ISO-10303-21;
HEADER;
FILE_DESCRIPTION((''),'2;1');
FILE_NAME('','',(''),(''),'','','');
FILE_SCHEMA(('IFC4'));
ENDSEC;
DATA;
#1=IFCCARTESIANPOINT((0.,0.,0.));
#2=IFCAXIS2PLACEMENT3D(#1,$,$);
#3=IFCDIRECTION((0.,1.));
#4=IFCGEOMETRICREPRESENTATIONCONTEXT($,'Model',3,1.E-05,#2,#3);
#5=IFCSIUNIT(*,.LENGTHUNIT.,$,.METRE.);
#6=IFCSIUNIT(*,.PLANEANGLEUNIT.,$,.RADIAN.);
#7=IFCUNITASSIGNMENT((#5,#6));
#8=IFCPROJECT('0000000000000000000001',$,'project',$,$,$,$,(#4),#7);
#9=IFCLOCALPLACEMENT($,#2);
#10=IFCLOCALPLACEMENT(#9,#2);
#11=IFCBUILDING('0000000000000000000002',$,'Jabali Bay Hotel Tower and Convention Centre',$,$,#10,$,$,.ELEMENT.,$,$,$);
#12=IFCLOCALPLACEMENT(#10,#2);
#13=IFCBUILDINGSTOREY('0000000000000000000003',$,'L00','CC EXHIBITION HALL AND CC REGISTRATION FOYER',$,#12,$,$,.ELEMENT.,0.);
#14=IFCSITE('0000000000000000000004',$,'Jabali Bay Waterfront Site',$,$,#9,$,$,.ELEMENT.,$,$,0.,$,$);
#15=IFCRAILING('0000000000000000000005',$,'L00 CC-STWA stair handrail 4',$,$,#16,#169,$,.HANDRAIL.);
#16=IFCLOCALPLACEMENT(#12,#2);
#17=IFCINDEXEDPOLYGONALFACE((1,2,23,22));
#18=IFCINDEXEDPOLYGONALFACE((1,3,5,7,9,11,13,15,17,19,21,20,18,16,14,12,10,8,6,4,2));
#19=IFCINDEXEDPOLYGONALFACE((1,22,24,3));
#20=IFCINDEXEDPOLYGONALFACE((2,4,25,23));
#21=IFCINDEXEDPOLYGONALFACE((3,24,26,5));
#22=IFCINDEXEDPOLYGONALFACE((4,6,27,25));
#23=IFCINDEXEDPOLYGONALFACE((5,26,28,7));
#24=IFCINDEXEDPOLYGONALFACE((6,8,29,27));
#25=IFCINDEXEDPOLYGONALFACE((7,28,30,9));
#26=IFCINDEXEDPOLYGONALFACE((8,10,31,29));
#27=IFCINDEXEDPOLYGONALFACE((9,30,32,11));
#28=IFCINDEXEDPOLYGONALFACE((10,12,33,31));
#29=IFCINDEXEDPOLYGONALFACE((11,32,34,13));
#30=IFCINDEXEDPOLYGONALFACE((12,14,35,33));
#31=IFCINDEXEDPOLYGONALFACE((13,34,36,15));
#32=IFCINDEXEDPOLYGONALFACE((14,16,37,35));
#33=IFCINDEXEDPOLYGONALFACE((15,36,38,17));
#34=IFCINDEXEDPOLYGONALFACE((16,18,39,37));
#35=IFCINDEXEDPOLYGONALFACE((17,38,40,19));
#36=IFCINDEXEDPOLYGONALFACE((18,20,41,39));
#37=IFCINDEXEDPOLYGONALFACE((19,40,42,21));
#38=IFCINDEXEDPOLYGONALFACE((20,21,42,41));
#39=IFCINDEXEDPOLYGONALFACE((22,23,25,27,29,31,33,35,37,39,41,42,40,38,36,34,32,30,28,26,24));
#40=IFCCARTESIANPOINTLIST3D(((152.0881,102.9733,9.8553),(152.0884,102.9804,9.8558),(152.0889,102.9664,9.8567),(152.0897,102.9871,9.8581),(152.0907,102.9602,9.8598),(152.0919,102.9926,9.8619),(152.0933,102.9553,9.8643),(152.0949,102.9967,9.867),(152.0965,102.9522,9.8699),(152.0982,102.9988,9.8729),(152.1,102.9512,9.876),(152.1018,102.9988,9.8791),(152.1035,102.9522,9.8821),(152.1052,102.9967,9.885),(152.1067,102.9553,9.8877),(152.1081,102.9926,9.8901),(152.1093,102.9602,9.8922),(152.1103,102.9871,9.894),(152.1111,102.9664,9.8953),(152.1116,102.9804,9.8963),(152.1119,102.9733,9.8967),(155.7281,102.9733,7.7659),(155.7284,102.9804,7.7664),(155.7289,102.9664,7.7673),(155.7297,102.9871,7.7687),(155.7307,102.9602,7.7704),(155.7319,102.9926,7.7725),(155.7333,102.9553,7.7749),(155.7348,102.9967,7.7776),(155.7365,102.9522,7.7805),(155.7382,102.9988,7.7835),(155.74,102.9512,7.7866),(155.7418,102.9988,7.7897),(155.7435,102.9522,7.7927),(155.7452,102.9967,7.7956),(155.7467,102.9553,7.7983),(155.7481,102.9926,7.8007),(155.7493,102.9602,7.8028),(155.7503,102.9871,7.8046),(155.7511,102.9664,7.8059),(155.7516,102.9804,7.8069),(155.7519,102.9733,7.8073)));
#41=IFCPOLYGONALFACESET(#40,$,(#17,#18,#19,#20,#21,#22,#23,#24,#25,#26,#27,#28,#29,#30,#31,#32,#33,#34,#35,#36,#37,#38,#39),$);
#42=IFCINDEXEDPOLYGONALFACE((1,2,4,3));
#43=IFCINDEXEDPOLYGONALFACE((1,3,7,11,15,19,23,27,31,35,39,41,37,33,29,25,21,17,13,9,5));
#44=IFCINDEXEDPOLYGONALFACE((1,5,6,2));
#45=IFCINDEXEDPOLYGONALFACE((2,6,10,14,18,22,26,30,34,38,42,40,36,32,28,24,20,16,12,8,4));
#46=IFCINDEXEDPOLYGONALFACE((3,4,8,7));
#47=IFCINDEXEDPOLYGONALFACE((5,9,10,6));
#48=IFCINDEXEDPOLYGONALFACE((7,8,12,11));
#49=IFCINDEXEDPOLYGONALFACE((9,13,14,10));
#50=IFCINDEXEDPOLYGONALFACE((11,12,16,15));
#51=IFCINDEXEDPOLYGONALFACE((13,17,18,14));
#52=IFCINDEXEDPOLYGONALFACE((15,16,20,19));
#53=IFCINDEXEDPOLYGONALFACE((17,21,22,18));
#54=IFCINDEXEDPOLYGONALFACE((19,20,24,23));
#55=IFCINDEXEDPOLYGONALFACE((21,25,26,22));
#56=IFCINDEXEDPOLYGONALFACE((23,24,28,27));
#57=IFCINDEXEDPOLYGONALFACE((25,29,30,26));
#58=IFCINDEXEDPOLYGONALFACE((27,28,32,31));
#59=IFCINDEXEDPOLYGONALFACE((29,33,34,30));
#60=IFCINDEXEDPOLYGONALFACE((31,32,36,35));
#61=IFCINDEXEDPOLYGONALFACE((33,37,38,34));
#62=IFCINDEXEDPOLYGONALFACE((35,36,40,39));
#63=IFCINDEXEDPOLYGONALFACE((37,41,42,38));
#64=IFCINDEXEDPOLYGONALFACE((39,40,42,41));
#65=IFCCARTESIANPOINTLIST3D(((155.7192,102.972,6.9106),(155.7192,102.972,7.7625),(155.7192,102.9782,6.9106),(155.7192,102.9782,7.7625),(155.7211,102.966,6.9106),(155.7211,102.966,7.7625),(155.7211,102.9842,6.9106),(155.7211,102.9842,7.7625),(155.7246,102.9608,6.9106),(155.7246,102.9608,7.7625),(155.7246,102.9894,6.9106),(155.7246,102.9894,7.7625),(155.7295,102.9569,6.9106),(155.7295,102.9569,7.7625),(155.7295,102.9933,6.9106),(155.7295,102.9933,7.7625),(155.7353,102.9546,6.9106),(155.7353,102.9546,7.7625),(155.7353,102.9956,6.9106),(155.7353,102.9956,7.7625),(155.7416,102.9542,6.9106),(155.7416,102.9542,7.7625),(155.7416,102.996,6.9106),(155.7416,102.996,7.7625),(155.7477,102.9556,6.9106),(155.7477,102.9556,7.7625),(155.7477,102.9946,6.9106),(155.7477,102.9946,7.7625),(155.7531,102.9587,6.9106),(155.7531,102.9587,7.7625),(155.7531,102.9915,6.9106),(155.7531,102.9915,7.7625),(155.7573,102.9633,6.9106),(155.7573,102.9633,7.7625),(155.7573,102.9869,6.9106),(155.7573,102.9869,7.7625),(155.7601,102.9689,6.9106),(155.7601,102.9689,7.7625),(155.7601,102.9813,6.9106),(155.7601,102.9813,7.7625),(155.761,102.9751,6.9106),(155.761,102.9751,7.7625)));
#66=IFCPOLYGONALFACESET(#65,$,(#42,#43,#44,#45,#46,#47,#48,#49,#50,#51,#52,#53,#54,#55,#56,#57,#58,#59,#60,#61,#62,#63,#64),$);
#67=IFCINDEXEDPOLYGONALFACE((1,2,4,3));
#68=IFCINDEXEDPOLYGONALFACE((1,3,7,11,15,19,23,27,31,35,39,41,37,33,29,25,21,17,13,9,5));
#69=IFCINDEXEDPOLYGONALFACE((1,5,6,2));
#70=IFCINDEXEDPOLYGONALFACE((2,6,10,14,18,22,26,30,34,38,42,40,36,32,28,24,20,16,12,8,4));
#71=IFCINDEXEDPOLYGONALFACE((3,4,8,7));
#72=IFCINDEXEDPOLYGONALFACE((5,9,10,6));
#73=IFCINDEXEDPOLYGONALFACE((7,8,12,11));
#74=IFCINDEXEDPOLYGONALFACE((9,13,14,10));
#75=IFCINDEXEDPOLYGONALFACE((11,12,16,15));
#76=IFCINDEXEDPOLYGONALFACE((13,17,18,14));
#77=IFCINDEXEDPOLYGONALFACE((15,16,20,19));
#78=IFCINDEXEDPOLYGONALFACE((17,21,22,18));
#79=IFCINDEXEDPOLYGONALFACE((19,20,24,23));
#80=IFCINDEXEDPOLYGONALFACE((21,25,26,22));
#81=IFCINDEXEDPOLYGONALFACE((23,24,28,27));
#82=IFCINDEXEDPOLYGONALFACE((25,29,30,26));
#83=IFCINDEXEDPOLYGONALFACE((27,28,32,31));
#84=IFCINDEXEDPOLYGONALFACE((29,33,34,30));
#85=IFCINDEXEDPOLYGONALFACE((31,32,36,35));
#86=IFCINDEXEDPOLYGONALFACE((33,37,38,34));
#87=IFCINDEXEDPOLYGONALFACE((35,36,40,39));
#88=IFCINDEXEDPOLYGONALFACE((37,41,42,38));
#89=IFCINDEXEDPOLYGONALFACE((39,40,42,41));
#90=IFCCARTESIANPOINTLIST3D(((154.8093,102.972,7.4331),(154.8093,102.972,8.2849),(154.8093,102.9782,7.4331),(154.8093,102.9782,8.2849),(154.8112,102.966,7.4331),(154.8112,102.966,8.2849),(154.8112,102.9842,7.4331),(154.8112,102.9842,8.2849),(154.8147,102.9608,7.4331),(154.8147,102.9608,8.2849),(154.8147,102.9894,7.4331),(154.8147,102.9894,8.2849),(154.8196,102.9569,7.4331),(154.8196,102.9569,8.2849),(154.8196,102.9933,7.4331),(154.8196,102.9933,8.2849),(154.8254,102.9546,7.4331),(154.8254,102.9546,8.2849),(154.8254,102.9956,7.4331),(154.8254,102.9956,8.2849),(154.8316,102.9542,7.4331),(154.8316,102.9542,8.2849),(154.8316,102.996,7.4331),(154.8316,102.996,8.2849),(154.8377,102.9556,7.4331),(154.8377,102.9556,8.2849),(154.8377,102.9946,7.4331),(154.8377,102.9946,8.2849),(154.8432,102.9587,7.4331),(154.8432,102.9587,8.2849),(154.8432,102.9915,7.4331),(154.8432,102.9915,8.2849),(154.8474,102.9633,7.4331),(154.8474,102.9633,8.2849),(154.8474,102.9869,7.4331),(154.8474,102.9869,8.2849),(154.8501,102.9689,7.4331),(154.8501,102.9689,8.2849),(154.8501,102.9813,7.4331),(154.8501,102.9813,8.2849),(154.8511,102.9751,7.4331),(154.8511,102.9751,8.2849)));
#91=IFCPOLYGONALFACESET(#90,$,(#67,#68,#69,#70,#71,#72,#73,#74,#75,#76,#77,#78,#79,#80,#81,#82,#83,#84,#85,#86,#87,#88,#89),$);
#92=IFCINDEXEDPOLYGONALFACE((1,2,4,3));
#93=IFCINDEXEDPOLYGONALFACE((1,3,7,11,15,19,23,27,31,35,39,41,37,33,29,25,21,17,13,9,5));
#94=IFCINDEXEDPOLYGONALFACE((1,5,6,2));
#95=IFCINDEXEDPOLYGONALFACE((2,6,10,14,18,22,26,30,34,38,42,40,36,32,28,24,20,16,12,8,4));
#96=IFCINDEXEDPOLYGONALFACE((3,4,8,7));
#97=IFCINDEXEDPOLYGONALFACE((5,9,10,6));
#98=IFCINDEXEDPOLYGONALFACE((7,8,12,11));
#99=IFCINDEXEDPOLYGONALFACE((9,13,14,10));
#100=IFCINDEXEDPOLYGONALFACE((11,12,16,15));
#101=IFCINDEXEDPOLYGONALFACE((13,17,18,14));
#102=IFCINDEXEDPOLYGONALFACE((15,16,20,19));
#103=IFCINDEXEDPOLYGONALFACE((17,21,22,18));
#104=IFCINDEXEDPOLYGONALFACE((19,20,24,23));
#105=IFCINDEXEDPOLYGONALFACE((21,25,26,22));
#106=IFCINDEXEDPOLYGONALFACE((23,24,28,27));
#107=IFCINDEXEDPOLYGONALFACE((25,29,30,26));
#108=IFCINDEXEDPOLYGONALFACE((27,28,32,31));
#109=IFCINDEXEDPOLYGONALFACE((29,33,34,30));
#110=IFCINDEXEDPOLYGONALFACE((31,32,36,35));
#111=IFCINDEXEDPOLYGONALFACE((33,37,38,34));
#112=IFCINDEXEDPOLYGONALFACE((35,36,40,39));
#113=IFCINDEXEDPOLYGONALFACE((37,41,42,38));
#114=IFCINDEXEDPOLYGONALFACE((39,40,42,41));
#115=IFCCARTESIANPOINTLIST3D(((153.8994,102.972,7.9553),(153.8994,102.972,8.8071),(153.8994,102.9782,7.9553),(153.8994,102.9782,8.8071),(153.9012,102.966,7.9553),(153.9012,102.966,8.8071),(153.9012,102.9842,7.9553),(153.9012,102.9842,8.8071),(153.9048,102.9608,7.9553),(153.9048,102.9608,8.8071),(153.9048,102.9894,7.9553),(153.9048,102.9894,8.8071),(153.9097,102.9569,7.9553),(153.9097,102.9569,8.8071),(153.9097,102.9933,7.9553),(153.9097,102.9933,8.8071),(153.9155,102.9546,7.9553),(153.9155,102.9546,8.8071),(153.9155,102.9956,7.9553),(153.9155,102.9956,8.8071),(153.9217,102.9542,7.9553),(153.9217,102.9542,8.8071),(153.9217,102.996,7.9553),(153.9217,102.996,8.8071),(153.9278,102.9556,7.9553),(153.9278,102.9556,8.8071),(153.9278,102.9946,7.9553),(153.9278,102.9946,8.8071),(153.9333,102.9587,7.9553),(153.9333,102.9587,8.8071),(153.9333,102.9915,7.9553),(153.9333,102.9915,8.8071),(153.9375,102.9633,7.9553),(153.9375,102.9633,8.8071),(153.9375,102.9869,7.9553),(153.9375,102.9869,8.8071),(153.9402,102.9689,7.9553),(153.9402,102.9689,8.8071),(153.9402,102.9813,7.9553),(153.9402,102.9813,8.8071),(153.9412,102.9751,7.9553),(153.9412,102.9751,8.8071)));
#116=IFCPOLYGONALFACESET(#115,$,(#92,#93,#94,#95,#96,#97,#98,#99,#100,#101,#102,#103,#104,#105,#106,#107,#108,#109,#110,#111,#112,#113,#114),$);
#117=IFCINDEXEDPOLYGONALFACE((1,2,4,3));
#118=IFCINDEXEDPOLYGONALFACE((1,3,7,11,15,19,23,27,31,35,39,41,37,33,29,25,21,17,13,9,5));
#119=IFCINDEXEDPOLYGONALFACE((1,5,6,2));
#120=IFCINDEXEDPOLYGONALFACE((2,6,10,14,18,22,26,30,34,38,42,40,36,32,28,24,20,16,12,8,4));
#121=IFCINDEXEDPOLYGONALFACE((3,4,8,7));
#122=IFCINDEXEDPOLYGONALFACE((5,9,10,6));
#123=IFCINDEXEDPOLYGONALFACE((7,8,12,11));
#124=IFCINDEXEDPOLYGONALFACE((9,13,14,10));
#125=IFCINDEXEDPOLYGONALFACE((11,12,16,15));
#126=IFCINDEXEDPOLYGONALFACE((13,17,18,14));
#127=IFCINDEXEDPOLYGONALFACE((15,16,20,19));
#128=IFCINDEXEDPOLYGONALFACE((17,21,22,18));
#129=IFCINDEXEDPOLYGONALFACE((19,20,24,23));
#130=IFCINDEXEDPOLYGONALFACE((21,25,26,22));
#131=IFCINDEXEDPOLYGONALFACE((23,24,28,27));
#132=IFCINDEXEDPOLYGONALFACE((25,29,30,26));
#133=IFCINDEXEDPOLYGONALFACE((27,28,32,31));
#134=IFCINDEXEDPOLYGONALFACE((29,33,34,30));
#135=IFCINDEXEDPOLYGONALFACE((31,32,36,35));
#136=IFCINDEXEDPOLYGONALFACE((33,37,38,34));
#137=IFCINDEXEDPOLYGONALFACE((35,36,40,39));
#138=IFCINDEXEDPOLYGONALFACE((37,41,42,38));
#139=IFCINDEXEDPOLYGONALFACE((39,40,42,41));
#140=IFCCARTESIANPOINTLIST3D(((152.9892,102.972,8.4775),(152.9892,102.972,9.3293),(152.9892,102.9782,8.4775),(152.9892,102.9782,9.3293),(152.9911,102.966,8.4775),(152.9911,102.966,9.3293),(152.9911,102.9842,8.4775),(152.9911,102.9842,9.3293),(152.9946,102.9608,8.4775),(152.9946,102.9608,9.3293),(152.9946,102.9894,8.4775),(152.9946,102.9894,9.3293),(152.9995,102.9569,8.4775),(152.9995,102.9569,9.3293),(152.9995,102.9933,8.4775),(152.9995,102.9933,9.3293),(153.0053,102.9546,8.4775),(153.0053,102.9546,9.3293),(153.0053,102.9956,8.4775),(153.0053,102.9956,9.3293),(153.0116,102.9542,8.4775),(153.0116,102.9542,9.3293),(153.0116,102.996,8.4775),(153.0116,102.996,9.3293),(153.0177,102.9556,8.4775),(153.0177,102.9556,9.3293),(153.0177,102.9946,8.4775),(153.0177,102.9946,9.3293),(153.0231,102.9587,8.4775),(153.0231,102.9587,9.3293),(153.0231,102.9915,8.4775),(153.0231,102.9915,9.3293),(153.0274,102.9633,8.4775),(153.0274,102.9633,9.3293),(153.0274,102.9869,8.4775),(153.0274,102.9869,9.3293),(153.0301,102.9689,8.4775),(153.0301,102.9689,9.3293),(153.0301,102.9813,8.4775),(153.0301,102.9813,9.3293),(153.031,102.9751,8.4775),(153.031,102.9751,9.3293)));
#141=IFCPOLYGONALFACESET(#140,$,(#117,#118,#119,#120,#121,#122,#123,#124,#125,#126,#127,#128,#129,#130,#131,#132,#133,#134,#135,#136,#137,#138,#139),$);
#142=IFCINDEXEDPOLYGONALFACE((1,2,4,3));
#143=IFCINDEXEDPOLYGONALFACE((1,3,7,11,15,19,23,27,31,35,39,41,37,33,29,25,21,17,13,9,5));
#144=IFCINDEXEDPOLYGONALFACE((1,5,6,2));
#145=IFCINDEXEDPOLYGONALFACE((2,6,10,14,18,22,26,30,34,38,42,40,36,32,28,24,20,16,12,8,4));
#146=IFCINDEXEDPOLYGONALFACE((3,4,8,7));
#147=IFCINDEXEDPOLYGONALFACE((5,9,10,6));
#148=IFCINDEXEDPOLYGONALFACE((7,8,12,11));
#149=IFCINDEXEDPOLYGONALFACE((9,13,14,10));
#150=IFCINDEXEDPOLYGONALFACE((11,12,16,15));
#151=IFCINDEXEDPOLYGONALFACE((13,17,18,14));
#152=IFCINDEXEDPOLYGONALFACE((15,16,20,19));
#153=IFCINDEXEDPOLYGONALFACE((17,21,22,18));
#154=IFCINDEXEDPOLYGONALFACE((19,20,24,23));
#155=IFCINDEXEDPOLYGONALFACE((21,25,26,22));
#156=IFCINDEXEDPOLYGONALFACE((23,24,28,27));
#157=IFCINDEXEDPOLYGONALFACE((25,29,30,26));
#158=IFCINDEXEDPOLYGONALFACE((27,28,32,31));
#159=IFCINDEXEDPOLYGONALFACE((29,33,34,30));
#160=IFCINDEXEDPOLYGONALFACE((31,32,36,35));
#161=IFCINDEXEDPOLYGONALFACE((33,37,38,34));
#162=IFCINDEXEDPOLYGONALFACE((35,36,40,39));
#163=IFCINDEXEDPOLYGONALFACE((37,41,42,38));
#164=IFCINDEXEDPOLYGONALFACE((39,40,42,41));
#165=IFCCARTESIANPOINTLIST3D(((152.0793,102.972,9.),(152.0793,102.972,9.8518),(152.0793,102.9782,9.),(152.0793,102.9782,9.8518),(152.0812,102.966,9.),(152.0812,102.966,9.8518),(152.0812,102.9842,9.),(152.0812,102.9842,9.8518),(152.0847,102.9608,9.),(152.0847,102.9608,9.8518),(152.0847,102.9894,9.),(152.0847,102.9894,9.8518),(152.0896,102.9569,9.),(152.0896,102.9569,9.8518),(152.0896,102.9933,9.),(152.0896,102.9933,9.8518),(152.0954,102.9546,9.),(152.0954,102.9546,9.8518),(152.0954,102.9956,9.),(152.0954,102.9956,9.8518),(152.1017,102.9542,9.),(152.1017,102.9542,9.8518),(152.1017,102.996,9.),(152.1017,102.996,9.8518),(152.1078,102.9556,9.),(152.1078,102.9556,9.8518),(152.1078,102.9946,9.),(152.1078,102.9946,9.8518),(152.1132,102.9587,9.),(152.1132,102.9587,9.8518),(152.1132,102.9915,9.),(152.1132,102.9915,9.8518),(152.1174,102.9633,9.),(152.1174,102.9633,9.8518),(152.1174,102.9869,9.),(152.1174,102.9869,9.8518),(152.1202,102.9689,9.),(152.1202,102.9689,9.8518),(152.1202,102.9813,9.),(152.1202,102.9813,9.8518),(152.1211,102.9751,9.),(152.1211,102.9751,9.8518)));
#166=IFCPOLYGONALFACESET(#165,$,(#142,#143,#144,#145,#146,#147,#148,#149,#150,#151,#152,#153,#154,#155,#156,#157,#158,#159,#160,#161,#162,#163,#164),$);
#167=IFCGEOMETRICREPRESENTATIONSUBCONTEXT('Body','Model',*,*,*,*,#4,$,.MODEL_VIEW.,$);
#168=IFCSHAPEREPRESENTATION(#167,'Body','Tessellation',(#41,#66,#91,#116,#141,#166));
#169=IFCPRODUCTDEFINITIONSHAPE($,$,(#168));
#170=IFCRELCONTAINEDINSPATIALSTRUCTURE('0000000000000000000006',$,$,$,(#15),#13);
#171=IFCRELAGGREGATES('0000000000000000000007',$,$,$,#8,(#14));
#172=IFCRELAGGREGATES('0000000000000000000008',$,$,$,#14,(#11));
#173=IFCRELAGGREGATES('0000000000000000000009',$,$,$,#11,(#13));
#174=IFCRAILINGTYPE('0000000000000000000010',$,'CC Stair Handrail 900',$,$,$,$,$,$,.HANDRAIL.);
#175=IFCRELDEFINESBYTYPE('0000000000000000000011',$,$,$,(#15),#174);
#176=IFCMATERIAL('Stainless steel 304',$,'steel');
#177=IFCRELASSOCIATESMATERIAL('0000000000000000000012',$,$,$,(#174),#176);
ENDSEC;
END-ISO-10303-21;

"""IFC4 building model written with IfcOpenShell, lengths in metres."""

from ifc_helpers import new_model, si_unit, direction, frame, origin, origin_2d, place, context, subcontext, project, spatial, circle, extrude, material, type_object, element, save


model = new_model("IFC4")

# Units and contexts
model_context = context("Model", 3, precision=1e-05, world=origin(), true_north=direction((0.0, 1.0)))
body_context = subcontext(model_context, "Body", "Model", "MODEL_VIEW")
ifc_project = project(units=[si_unit("LENGTHUNIT", "METRE"), si_unit("PLANEANGLEUNIT", "RADIAN")], contexts=[model_context])

# Site, building, storey
site_placement = place(None, origin())
site = spatial("IfcSite", under=ifc_project, at=site_placement, Name="Jabali Bay Waterfront Site", CompositionType="ELEMENT", RefElevation=0.0)
building_placement = place(site_placement, origin())
building = spatial("IfcBuilding", under=site, at=building_placement, Name="Jabali Bay Hotel Tower and Convention Centre", CompositionType="ELEMENT")
storey_placement = place(building_placement, origin())
storey = spatial("IfcBuildingStorey", under=building, at=storey_placement, Name="L00", Description="CC EXHIBITION HALL AND CC REGISTRATION FOYER", CompositionType="ELEMENT", Elevation=0.0)

# Railing
ifc_material_1 = material(Name="Stainless steel 304", Category="steel")
railing_type_1 = type_object("IfcRailingType", Name="CC Stair Handrail 900", PredefinedType="HANDRAIL", material=ifc_material_1)
for number, where, name in (
    (1, (155.74, 102.9751, 6.9106), "L00 CC-STWA stair handrail 4"),
):
    element("IfcRailing", number, at=place(storey_placement, frame(where)), inside=storey, type_object=railing_type_1, Name=name, PredefinedType="HANDRAIL", context=body_context, shape_type="SweptSolid", body=[
        extrude(circle(Radius=0.0239, at=origin_2d()), frame((0.0, 0.0, 0.876), z_axis=(-0.867275, 0.0, 0.497829), x_axis=(0.0, -1.0, 0.0)), (0.0, 0.0, 1.0), 4.197),
        extrude(circle(Radius=0.021, at=origin_2d()), origin(), (0.0, 0.0, 1.0), 0.8518),
        extrude(circle(Radius=0.021, at=origin_2d()), frame((-0.9099, 0.0, 0.5225)), (0.0, 0.0, 1.0), 0.8518),
        extrude(circle(Radius=0.021, at=origin_2d()), frame((-1.8198, 0.0, 1.0447)), (0.0, 0.0, 1.0), 0.8518),
        extrude(circle(Radius=0.021, at=origin_2d()), frame((-2.73, 0.0, 1.5669)), (0.0, 0.0, 1.0), 0.8518),
        extrude(circle(Radius=0.021, at=origin_2d()), frame((-3.6399, 0.0, 2.0894)), (0.0, 0.0, 1.0), 0.8518),
    ])

save(model, "model.ifc")
